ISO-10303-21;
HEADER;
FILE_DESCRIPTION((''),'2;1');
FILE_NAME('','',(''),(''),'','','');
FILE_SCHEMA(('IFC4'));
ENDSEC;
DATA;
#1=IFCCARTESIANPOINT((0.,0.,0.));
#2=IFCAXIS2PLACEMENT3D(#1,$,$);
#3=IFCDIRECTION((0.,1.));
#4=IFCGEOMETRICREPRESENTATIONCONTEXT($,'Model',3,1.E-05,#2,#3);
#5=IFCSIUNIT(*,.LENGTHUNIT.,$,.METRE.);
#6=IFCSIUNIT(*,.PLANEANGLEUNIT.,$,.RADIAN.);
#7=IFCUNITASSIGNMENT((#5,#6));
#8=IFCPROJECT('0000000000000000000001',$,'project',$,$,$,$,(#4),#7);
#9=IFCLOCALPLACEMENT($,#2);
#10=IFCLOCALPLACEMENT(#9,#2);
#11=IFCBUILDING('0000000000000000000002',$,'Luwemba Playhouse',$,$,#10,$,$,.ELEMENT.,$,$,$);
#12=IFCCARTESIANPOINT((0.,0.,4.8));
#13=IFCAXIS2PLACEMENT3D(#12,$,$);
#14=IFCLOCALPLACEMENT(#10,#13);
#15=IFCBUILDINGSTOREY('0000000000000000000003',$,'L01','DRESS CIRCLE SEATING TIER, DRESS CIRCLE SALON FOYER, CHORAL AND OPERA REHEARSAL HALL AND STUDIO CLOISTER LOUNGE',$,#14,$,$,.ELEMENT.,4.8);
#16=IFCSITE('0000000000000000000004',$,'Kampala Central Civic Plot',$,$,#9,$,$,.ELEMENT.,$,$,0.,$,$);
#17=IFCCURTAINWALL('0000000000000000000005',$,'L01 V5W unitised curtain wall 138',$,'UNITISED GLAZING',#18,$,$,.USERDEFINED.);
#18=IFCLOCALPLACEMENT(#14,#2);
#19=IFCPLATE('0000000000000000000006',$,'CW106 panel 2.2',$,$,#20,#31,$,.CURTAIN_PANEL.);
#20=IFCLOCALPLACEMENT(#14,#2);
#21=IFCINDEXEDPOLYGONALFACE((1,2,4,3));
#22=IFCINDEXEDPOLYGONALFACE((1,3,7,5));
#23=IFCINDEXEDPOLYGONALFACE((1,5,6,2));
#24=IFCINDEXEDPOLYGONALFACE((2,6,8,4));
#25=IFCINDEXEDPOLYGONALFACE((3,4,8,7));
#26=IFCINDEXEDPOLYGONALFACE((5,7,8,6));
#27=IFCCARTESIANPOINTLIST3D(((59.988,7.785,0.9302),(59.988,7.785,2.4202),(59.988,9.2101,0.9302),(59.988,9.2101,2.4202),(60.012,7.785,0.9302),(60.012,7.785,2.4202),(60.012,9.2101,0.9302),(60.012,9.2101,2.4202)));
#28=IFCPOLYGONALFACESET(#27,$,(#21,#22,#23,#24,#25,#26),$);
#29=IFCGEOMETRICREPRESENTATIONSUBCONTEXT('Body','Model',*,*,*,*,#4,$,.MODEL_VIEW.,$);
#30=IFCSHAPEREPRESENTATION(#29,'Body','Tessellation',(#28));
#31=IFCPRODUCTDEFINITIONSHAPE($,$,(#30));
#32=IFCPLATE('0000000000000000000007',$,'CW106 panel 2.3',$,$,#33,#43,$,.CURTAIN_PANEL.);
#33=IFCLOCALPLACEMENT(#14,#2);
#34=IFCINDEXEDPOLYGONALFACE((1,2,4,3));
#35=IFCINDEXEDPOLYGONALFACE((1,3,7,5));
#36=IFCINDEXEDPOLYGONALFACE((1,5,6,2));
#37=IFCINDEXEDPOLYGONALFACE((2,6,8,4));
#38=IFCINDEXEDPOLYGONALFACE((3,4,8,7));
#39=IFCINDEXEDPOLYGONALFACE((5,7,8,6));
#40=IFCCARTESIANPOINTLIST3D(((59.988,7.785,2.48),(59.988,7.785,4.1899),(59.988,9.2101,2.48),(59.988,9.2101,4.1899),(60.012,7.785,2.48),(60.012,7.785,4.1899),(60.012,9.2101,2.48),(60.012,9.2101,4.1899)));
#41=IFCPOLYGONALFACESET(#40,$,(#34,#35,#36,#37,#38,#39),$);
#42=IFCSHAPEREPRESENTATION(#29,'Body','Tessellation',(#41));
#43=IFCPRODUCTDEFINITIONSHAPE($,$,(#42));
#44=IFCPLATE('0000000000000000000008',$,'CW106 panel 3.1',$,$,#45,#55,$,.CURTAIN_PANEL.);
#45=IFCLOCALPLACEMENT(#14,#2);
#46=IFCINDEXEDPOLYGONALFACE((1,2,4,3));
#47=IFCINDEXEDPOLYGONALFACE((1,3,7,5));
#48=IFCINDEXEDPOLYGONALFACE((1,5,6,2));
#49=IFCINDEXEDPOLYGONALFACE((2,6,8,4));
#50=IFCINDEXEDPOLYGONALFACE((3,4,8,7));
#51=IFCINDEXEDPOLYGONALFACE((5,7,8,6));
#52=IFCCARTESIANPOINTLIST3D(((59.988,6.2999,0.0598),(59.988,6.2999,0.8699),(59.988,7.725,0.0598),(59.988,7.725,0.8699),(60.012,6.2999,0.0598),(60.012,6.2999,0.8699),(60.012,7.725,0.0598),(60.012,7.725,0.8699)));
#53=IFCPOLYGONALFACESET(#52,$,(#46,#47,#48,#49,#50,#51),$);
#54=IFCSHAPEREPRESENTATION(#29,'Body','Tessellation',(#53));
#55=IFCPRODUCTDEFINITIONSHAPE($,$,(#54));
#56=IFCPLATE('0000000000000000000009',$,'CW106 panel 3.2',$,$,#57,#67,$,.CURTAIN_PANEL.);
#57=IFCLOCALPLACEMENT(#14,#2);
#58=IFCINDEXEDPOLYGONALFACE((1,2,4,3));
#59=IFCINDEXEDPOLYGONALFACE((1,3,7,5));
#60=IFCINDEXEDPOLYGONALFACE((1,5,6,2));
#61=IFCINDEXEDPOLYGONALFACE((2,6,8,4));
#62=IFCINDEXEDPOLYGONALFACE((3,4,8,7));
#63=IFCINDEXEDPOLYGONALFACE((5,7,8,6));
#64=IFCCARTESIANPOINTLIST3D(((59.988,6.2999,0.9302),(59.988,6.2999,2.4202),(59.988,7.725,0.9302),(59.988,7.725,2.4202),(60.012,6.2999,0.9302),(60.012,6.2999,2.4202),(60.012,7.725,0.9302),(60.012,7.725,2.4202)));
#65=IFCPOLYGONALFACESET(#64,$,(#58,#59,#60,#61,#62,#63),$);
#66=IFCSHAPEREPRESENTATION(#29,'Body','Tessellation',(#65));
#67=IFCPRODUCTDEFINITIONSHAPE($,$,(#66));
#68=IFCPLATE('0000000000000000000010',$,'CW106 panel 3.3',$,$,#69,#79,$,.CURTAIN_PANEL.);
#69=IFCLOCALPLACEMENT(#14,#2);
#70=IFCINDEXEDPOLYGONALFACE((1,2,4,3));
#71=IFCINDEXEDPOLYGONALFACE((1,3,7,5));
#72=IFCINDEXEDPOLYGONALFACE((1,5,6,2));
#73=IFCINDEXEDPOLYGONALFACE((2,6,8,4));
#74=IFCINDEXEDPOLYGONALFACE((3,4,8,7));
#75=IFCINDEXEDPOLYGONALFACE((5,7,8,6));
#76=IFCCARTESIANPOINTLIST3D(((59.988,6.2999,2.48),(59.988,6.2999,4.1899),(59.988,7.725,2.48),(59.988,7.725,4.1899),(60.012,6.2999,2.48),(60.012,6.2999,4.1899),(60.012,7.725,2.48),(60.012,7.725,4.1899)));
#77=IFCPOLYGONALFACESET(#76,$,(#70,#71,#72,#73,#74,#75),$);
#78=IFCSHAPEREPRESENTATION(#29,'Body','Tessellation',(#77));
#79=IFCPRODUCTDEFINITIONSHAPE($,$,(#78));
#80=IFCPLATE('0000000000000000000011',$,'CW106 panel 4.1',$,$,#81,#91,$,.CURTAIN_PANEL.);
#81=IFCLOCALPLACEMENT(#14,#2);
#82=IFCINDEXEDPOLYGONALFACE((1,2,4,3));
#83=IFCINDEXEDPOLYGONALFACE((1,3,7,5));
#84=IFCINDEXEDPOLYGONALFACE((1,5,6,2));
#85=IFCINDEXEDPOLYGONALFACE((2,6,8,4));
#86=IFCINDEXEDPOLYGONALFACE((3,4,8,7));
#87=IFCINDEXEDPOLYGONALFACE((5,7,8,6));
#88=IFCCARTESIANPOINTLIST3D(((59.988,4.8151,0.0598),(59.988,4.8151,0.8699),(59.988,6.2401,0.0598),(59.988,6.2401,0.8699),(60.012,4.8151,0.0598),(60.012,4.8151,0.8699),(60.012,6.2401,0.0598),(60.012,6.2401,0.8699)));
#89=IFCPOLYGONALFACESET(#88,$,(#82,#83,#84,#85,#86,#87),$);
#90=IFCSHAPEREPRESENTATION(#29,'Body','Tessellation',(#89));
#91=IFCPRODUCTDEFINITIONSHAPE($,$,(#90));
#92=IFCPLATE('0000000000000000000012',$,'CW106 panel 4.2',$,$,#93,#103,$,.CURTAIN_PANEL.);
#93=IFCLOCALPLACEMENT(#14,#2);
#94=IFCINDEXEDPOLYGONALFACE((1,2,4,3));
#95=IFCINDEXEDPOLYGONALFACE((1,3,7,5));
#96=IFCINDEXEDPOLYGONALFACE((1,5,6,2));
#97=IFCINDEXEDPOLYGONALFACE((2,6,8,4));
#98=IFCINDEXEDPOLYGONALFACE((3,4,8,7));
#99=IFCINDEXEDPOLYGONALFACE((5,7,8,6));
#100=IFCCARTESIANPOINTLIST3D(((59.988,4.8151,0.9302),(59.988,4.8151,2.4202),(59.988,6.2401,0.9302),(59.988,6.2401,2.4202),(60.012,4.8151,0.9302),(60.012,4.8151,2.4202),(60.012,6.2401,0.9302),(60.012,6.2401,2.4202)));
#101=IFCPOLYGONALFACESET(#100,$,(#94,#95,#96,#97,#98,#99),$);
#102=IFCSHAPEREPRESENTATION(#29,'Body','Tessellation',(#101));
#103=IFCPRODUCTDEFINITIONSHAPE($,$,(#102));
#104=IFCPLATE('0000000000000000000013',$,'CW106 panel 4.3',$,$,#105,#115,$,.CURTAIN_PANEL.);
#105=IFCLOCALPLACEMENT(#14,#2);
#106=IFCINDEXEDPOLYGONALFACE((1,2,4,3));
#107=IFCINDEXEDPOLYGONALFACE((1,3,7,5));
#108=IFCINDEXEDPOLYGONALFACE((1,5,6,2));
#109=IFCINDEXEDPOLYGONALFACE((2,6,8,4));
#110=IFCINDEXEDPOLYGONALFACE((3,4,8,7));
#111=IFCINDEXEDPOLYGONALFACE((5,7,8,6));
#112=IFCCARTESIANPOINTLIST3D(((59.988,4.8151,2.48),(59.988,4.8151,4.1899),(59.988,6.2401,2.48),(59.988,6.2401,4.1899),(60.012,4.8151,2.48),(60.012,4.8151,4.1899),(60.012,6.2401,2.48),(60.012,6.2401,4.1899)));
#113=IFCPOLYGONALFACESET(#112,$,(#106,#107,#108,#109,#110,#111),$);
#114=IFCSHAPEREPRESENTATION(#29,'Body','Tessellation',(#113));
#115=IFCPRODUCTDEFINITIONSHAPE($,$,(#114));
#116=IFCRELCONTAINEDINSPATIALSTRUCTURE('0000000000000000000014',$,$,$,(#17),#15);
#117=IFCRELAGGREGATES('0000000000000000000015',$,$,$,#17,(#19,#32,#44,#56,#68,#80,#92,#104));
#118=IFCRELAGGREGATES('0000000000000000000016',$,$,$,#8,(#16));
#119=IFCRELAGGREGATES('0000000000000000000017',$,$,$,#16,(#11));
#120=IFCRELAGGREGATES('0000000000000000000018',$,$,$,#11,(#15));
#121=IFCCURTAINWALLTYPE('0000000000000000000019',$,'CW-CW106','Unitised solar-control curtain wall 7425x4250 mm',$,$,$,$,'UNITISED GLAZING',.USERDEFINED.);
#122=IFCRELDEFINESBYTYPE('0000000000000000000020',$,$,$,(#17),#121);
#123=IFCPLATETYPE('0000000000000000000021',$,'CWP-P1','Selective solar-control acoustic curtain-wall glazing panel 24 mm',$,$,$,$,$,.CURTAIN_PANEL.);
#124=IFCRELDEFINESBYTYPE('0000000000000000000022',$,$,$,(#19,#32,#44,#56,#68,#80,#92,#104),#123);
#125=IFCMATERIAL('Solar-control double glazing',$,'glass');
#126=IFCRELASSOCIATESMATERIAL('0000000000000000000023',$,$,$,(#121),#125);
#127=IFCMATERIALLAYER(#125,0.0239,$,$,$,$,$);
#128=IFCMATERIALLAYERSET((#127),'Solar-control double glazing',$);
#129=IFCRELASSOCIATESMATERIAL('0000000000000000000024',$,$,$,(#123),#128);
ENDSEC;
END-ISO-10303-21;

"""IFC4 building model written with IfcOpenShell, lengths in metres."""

from ifc_helpers import new_model, si_unit, direction, frame, origin, origin_2d, place, context, subcontext, project, spatial, rectangle, extrude, material, layer, layer_set, type_object, element, aggregate, save


model = new_model("IFC4")

# Units and contexts
model_context = context("Model", 3, precision=1e-05, world=origin(), true_north=direction((0.0, 1.0)))
body_context = subcontext(model_context, "Body", "Model", "MODEL_VIEW")
ifc_project = project(units=[si_unit("LENGTHUNIT", "METRE"), si_unit("PLANEANGLEUNIT", "RADIAN")], contexts=[model_context])

# Site, building, storey
site_placement = place(None, origin())
site = spatial("IfcSite", under=ifc_project, at=site_placement, Name="Kampala Central Civic Plot", CompositionType="ELEMENT", RefElevation=0.0)
building_placement = place(site_placement, origin())
building = spatial("IfcBuilding", under=site, at=building_placement, Name="Luwemba Playhouse", CompositionType="ELEMENT")
storey_placement = place(building_placement, frame((0.0, 0.0, 4.8)))
storey = spatial("IfcBuildingStorey", under=building, at=storey_placement, Name="L01", Description="DRESS CIRCLE SEATING TIER, DRESS CIRCLE SALON FOYER, CHORAL AND OPERA REHEARSAL HALL AND STUDIO CLOISTER LOUNGE", CompositionType="ELEMENT", Elevation=4.8)

# Curtain wall, plates
ifc_material_1 = material(Name="Solar-control double glazing", Category="glass")
curtain_wall_type = type_object("IfcCurtainWallType", Name="CW-CW106", Description="Unitised solar-control curtain wall 7425x4250 mm", ElementType="UNITISED GLAZING", PredefinedType="USERDEFINED", material=ifc_material_1)
curtain_wall_placement = place(storey_placement, origin())
curtain_wall = element("IfcCurtainWall", 1, at=curtain_wall_placement, inside=storey, type_object=curtain_wall_type, Name="L01 V5W unitised curtain wall 138", ObjectType="UNITISED GLAZING", PredefinedType="USERDEFINED")
ifc_layer = layer(ifc_material_1, 0.0239)
ifc_layer_set = layer_set([ifc_layer], Name="Solar-control double glazing")
plate_type = type_object("IfcPlateType", Name="CWP-P1", Description="Selective solar-control acoustic curtain-wall glazing panel 24 mm", PredefinedType="CURTAIN_PANEL", material=ifc_layer_set)
plate_1_placement = place(storey_placement, frame((60.0, 8.4976, 0.9302), z_axis=(0.0, 0.0, 1.0), x_axis=(0.0, -1.0, 0.0)))
plate_1 = element("IfcPlate", 2, at=plate_1_placement, type_object=plate_type, Name="CW106 panel 2.2", PredefinedType="CURTAIN_PANEL", context=body_context, shape_type="SweptSolid", body=[
    extrude(rectangle(XDim=1.425, YDim=0.0239, at=origin_2d()), origin(), (0.0, 0.0, 1.0), 1.49),
])
plate_2_placement = place(storey_placement, frame((60.0, 8.4976, 2.48), z_axis=(0.0, 0.0, 1.0), x_axis=(0.0, -1.0, 0.0)))
plate_2 = element("IfcPlate", 3, at=plate_2_placement, type_object=plate_type, Name="CW106 panel 2.3", PredefinedType="CURTAIN_PANEL", context=body_context, shape_type="SweptSolid", body=[
    extrude(rectangle(XDim=1.425, YDim=0.0239, at=origin_2d()), origin(), (0.0, 0.0, 1.0), 1.71),
])
plate_3_placement = place(storey_placement, frame((60.0, 7.0125, 0.0598), z_axis=(0.0, 0.0, 1.0), x_axis=(0.0, -1.0, 0.0)))
plate_3 = element("IfcPlate", 4, at=plate_3_placement, type_object=plate_type, Name="CW106 panel 3.1", PredefinedType="CURTAIN_PANEL", context=body_context, shape_type="SweptSolid", body=[
    extrude(rectangle(XDim=1.425, YDim=0.0239, at=origin_2d()), origin(), (0.0, 0.0, 1.0), 0.8101),
])
plate_4_placement = place(storey_placement, frame((60.0, 7.0125, 0.9302), z_axis=(0.0, 0.0, 1.0), x_axis=(0.0, -1.0, 0.0)))
plate_4 = element("IfcPlate", 5, at=plate_4_placement, type_object=plate_type, Name="CW106 panel 3.2", PredefinedType="CURTAIN_PANEL", context=body_context, shape_type="SweptSolid", body=[
    extrude(rectangle(XDim=1.425, YDim=0.0239, at=origin_2d()), origin(), (0.0, 0.0, 1.0), 1.49),
])
plate_5_placement = place(storey_placement, frame((60.0, 7.0125, 2.48), z_axis=(0.0, 0.0, 1.0), x_axis=(0.0, -1.0, 0.0)))
plate_5 = element("IfcPlate", 6, at=plate_5_placement, type_object=plate_type, Name="CW106 panel 3.3", PredefinedType="CURTAIN_PANEL", context=body_context, shape_type="SweptSolid", body=[
    extrude(rectangle(XDim=1.425, YDim=0.0239, at=origin_2d()), origin(), (0.0, 0.0, 1.0), 1.71),
])
plate_6_placement = place(storey_placement, frame((60.0, 5.5276, 0.0598), z_axis=(0.0, 0.0, 1.0), x_axis=(0.0, -1.0, 0.0)))
plate_6 = element("IfcPlate", 7, at=plate_6_placement, type_object=plate_type, Name="CW106 panel 4.1", PredefinedType="CURTAIN_PANEL", context=body_context, shape_type="SweptSolid", body=[
    extrude(rectangle(XDim=1.425, YDim=0.0239, at=origin_2d()), origin(), (0.0, 0.0, 1.0), 0.8101),
])
plate_7_placement = place(storey_placement, frame((60.0, 5.5276, 0.9302), z_axis=(0.0, 0.0, 1.0), x_axis=(0.0, -1.0, 0.0)))
plate_7 = element("IfcPlate", 8, at=plate_7_placement, type_object=plate_type, Name="CW106 panel 4.2", PredefinedType="CURTAIN_PANEL", context=body_context, shape_type="SweptSolid", body=[
    extrude(rectangle(XDim=1.425, YDim=0.0239, at=origin_2d()), origin(), (0.0, 0.0, 1.0), 1.49),
])
plate_8_placement = place(storey_placement, frame((60.0, 5.5276, 2.48), z_axis=(0.0, 0.0, 1.0), x_axis=(0.0, -1.0, 0.0)))
plate_8 = element("IfcPlate", 9, at=plate_8_placement, type_object=plate_type, Name="CW106 panel 4.3", PredefinedType="CURTAIN_PANEL", context=body_context, shape_type="SweptSolid", body=[
    extrude(rectangle(XDim=1.425, YDim=0.0239, at=origin_2d()), origin(), (0.0, 0.0, 1.0), 1.71),
])
aggregate(curtain_wall, [plate_1, plate_2, plate_3, plate_4, plate_5, plate_6, plate_7, plate_8])

save(model, "model.ifc")
